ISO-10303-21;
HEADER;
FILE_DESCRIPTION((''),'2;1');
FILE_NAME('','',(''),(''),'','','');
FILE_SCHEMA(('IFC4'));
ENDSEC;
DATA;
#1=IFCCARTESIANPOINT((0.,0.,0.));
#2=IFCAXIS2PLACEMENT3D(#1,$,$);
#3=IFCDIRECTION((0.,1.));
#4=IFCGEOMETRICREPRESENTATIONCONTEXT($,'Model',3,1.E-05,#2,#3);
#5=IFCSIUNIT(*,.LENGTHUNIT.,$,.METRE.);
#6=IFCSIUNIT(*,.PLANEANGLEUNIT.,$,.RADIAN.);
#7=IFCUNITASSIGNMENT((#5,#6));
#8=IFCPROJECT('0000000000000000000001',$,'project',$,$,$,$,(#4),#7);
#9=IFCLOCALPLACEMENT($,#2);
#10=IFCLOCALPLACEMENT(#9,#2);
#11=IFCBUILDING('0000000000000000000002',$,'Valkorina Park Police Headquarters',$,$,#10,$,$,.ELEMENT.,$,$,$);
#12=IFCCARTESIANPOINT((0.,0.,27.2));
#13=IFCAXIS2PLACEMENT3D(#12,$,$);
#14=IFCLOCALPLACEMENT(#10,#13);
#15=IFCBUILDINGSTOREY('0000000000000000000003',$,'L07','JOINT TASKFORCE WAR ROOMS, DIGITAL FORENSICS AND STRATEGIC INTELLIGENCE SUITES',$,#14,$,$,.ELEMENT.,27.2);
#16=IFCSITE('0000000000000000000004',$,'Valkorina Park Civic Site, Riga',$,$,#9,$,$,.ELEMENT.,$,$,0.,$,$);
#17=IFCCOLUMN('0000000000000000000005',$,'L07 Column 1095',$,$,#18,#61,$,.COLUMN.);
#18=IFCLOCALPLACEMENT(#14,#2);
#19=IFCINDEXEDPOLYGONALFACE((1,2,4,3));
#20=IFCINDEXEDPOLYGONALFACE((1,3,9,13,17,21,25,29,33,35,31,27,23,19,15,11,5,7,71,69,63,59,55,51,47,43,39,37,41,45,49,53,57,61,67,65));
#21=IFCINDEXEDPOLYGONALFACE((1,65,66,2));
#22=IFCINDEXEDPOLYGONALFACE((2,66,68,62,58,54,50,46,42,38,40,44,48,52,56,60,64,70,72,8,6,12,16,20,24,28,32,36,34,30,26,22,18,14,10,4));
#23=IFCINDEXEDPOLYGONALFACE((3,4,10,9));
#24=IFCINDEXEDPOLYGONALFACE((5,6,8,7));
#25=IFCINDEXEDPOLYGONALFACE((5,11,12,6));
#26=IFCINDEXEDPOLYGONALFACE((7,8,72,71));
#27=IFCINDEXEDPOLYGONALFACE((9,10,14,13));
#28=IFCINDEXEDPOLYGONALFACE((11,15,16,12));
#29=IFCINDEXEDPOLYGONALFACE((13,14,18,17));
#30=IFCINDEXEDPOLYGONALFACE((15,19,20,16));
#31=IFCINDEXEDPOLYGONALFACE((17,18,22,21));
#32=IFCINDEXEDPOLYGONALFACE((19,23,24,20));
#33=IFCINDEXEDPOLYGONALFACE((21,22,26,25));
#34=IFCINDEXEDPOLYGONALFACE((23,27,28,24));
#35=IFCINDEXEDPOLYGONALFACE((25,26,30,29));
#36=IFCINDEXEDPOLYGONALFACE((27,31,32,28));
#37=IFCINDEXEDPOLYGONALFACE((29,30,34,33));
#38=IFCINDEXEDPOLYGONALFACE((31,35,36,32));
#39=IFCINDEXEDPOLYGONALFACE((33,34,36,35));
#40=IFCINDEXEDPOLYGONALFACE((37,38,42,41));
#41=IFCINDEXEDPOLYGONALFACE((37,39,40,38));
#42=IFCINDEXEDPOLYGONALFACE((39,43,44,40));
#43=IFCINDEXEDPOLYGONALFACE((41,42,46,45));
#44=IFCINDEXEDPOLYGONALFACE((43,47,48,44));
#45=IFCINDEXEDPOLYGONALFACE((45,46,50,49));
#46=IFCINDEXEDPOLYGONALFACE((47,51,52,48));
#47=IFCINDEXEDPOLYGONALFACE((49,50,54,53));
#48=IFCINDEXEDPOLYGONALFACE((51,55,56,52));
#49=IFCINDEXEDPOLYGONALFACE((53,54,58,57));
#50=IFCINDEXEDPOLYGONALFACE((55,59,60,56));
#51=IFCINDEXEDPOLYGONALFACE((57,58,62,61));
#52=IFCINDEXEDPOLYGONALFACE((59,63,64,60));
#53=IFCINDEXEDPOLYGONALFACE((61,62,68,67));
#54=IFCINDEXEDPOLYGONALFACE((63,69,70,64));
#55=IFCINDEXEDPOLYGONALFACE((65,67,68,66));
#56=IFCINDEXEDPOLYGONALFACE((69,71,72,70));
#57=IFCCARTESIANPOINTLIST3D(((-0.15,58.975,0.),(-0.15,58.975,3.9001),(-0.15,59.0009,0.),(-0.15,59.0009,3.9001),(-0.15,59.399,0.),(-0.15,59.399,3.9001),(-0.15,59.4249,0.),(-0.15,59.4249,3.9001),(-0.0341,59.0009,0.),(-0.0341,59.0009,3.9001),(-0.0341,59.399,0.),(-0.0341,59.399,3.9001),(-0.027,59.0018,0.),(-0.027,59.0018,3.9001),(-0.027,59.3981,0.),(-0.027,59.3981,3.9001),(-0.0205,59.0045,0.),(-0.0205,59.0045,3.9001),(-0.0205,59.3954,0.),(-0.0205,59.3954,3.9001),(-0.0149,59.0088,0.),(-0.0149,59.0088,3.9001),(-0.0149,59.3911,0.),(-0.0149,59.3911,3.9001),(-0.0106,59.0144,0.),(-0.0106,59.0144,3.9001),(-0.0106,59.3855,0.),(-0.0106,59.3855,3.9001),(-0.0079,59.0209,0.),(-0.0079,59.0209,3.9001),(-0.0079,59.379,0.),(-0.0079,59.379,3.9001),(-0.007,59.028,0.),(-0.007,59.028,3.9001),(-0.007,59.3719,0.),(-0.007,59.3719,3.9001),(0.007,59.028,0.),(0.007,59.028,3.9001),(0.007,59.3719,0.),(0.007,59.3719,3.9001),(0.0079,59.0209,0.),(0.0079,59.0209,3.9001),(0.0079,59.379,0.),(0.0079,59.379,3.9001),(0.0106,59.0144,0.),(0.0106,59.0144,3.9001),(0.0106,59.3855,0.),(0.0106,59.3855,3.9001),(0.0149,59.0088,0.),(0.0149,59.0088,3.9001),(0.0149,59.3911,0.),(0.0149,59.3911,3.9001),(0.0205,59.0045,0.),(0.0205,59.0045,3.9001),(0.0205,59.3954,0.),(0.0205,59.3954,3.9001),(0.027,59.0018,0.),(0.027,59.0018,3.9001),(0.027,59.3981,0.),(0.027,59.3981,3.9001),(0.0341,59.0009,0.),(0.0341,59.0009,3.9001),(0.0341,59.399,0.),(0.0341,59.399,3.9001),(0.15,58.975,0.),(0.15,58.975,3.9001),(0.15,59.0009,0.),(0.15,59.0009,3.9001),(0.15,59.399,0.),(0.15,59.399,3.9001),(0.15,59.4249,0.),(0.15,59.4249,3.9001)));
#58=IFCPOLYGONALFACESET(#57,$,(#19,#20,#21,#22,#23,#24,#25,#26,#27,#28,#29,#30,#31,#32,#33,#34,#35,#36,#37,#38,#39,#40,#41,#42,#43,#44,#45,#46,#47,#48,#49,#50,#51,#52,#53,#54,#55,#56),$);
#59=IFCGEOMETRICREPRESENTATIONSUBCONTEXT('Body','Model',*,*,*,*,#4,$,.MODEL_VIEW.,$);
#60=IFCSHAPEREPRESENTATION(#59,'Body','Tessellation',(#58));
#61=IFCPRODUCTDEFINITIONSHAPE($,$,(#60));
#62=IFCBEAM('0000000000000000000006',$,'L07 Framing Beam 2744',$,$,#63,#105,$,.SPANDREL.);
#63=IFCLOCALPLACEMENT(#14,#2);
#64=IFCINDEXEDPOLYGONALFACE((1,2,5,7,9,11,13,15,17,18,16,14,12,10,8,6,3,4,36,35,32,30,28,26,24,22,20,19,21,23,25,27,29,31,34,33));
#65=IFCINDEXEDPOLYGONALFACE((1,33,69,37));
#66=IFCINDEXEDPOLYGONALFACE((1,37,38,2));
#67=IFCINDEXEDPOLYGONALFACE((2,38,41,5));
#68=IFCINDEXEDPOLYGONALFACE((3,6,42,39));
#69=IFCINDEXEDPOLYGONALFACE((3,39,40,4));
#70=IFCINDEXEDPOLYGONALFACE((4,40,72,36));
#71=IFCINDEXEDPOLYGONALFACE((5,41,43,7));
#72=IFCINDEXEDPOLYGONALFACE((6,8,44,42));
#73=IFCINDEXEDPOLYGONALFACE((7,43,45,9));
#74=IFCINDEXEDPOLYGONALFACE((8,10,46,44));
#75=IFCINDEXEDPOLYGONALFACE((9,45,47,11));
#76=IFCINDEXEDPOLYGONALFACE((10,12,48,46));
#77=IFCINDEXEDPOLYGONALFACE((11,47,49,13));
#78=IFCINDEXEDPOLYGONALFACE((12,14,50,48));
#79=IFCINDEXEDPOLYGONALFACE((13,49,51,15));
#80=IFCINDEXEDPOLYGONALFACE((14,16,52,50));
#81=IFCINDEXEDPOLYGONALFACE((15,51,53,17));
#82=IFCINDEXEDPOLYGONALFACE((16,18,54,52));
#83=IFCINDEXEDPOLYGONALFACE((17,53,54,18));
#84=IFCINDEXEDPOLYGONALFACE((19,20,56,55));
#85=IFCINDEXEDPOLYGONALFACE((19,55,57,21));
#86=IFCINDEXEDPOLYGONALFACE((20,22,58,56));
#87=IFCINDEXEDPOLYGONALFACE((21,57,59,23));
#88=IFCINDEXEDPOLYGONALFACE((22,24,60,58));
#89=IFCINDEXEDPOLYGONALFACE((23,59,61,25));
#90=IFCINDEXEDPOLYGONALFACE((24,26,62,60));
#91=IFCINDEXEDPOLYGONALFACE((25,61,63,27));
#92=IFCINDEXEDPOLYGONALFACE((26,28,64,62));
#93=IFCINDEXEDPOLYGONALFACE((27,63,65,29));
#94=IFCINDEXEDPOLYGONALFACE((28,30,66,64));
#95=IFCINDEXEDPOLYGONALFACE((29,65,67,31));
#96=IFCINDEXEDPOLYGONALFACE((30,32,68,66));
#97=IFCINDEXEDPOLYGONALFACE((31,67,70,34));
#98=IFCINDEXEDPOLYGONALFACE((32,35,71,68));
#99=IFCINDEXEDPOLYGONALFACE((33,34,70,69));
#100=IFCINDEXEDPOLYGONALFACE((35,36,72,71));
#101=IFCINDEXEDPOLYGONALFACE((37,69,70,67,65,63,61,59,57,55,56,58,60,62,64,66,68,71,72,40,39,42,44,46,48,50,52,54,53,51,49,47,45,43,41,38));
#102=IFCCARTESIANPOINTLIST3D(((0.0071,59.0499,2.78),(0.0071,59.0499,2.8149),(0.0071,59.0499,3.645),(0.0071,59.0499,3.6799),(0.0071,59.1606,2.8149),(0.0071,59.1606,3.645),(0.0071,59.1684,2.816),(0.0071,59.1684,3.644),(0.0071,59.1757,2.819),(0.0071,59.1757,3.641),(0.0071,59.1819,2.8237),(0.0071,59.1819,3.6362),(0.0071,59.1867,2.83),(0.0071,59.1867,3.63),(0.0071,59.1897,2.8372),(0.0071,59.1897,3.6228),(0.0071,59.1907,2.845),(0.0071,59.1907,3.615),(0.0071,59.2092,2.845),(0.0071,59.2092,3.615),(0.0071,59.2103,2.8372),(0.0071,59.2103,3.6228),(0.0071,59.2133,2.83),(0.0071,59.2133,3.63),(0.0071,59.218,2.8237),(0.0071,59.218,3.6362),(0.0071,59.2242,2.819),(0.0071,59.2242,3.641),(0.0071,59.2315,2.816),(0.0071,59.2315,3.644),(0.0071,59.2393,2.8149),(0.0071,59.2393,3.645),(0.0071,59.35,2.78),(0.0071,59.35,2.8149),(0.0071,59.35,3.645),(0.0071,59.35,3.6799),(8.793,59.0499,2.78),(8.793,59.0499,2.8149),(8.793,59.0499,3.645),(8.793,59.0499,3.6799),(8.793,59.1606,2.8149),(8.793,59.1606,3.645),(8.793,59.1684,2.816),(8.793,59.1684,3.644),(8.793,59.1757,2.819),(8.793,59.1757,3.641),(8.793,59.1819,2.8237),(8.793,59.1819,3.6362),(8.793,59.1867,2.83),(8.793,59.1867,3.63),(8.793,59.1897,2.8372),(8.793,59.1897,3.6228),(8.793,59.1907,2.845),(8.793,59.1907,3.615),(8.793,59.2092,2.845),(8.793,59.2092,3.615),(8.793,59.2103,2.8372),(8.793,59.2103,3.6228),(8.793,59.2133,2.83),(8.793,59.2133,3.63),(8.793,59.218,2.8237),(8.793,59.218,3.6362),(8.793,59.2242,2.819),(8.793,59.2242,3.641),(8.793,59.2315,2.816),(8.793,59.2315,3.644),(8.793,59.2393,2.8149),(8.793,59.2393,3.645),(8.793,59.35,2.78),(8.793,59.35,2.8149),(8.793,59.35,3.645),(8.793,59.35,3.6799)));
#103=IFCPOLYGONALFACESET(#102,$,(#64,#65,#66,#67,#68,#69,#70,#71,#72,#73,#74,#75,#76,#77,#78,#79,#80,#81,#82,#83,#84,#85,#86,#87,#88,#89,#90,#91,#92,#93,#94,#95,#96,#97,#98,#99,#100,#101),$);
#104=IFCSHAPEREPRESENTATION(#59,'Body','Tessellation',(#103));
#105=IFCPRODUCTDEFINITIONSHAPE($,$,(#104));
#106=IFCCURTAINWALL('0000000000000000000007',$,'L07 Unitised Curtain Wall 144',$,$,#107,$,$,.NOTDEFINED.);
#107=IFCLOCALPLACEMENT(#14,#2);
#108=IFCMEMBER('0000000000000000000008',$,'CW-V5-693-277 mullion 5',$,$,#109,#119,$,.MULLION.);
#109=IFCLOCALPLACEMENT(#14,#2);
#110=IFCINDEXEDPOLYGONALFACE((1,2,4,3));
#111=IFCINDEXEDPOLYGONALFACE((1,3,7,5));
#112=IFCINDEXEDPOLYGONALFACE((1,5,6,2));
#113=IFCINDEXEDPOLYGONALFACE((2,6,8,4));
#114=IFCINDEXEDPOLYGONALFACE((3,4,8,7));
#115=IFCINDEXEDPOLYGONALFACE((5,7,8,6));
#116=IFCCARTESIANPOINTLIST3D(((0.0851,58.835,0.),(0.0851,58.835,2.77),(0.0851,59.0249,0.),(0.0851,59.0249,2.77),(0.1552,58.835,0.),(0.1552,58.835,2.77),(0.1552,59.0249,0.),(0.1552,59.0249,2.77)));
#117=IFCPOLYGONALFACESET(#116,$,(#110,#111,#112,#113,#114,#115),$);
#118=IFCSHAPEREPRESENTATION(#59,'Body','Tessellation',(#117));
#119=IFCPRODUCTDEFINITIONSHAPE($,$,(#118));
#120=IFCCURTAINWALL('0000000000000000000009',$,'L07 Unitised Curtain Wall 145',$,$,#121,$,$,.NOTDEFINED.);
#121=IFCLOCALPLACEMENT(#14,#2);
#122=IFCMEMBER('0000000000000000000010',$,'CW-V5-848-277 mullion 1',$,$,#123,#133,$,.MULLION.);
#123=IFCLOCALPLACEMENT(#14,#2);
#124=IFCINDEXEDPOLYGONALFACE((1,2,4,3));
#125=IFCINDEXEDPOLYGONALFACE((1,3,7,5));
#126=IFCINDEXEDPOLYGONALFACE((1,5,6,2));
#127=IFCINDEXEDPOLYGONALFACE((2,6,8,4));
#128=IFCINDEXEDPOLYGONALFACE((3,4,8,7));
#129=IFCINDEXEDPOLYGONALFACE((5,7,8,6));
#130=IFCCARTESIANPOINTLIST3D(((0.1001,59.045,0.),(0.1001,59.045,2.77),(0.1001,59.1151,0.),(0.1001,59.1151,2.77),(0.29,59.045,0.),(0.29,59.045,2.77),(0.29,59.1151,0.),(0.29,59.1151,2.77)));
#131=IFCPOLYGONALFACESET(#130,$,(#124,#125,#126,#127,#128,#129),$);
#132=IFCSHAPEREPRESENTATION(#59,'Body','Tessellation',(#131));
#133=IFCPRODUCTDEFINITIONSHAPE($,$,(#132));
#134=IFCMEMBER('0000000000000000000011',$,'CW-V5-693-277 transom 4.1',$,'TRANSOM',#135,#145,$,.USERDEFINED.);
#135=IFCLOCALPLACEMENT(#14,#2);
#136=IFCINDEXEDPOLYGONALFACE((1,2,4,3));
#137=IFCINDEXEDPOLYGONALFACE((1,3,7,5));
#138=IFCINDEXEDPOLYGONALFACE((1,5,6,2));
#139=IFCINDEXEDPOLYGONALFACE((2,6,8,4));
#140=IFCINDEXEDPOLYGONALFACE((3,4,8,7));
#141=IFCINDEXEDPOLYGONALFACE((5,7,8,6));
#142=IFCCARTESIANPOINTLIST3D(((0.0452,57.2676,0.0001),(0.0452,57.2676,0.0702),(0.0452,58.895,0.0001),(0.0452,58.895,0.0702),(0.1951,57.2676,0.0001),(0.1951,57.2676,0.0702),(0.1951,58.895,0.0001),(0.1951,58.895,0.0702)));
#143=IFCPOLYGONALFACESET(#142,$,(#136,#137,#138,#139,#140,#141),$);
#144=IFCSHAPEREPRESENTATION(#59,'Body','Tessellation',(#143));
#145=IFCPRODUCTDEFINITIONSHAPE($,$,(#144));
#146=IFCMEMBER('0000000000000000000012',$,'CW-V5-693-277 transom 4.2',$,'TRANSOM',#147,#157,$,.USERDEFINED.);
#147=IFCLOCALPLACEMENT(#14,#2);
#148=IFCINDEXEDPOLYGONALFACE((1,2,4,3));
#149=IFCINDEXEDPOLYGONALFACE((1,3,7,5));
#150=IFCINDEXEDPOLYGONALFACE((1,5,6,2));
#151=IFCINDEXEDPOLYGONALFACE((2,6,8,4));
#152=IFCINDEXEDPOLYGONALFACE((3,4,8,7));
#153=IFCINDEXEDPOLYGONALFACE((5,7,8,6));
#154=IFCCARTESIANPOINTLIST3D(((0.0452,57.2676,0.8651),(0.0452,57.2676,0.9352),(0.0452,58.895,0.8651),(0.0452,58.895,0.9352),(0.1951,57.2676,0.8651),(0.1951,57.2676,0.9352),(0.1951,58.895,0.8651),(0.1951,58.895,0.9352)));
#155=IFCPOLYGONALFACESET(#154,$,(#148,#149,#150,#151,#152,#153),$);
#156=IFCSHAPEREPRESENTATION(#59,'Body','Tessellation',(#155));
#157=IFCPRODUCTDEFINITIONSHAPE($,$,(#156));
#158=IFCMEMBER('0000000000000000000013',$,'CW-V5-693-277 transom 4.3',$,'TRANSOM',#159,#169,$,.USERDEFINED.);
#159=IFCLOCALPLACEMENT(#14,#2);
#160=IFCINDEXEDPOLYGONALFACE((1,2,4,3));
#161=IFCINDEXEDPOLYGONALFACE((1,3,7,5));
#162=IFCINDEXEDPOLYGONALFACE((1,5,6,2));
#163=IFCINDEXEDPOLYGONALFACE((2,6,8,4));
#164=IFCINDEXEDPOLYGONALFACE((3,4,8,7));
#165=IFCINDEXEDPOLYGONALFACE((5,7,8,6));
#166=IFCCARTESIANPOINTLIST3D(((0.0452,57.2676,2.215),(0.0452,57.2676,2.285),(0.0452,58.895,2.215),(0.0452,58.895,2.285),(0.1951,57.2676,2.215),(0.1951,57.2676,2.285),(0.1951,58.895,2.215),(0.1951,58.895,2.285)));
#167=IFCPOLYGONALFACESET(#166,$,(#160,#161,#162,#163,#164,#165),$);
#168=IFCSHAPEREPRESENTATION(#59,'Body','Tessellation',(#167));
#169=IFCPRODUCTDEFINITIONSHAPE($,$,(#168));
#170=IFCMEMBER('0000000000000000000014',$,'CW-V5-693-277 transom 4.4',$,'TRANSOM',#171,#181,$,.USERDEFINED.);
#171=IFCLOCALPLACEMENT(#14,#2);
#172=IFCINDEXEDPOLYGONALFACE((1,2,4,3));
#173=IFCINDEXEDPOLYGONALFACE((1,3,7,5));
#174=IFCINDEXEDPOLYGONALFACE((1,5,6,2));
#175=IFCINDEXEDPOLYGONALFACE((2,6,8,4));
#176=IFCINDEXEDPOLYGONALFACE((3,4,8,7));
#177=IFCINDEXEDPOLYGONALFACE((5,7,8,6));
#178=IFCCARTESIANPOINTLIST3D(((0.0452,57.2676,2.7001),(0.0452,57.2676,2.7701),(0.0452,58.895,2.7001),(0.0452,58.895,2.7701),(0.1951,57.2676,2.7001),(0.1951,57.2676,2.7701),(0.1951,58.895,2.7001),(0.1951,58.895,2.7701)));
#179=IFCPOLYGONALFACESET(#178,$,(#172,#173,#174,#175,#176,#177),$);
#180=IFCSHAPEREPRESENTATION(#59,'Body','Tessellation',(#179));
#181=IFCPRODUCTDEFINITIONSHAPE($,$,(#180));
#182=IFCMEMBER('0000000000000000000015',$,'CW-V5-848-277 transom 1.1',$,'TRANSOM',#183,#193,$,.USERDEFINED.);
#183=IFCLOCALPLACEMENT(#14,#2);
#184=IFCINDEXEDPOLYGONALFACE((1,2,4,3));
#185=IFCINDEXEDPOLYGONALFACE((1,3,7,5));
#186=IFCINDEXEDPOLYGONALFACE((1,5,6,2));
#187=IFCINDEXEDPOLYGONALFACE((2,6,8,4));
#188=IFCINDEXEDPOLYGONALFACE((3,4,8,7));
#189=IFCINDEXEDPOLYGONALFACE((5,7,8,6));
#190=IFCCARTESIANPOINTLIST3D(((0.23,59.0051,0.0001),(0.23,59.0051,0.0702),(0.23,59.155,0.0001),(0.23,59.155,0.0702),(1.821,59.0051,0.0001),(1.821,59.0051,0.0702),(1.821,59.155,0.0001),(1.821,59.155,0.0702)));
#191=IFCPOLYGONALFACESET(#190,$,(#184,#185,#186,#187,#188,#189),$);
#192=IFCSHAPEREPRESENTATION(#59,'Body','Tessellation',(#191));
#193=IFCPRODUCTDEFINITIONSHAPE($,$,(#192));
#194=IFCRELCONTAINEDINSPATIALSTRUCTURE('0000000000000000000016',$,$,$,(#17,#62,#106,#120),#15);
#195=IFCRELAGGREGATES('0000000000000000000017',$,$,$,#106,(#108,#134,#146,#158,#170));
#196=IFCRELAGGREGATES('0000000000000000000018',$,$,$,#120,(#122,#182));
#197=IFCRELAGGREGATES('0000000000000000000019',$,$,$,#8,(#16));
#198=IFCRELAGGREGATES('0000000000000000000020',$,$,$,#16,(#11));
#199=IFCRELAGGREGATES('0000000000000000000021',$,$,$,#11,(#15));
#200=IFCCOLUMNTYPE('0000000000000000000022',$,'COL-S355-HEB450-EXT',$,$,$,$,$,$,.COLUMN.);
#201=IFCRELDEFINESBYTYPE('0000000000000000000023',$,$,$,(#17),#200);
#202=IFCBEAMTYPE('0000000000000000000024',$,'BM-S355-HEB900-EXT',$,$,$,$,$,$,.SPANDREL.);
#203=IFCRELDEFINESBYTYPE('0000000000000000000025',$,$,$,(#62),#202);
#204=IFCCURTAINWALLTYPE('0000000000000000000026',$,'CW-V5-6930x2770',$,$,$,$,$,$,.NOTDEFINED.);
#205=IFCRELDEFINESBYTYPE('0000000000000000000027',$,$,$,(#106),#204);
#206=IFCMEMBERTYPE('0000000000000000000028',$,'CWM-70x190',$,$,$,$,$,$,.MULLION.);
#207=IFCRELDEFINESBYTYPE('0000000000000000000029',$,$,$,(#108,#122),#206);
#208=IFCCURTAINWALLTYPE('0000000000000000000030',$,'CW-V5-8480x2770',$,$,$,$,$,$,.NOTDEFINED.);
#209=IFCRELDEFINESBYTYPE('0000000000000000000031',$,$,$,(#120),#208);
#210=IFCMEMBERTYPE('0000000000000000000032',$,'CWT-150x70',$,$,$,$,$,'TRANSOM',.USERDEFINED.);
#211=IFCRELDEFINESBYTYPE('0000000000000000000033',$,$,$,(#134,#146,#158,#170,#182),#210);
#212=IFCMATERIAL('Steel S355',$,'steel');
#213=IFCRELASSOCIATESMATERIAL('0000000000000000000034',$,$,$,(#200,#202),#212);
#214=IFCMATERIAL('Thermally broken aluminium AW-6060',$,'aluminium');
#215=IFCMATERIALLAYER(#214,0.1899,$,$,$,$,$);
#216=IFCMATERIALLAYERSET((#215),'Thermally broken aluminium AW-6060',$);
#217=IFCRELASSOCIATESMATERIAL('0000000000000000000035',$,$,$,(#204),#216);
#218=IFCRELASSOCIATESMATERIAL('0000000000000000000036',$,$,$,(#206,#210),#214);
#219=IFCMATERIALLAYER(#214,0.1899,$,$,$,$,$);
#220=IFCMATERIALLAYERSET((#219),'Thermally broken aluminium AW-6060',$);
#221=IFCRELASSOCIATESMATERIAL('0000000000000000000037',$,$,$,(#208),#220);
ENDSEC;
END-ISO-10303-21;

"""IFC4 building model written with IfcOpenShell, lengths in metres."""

from ifc_helpers import new_model, si_unit, direction, frame, origin, origin_2d, place, context, subcontext, project, spatial, rectangle, i_section, extrude, material, layer, layer_set, material_profile, profile_set, type_object, element, aggregate, save


model = new_model("IFC4")

# Units and contexts
model_context = context("Model", 3, precision=1e-05, world=origin(), true_north=direction((0.0, 1.0)))
body_context = subcontext(model_context, "Body", "Model", "MODEL_VIEW")
ifc_project = project(units=[si_unit("LENGTHUNIT", "METRE"), si_unit("PLANEANGLEUNIT", "RADIAN")], contexts=[model_context])

# Site, building, storey
site_placement = place(None, origin())
site = spatial("IfcSite", under=ifc_project, at=site_placement, Name="Valkorina Park Civic Site, Riga", CompositionType="ELEMENT", RefElevation=0.0)
building_placement = place(site_placement, origin())
building = spatial("IfcBuilding", under=site, at=building_placement, Name="Valkorina Park Police Headquarters", CompositionType="ELEMENT")
storey_placement = place(building_placement, frame((0.0, 0.0, 27.2)))
storey = spatial("IfcBuildingStorey", under=building, at=storey_placement, Name="L07", Description="JOINT TASKFORCE WAR ROOMS, DIGITAL FORENSICS AND STRATEGIC INTELLIGENCE SUITES", CompositionType="ELEMENT", Elevation=27.2)

# Column
ifc_material_1 = material(Name="Steel S355", Category="steel")
ifc_material_profile_1 = material_profile(ifc_material_1, i_section(OverallWidth=0.3, OverallDepth=0.45, WebThickness=0.0139, FlangeThickness=0.0259, FilletRadius=0.0271, at=origin_2d()), Name="HEB 450")
ifc_profile_set_1 = profile_set([ifc_material_profile_1], Name="Steel S355")
column_type = type_object("IfcColumnType", Name="COL-S355-HEB450-EXT", PredefinedType="COLUMN", material=ifc_profile_set_1)
column_placement = place(storey_placement, frame((0.0, 59.2, 0.0), z_axis=(0.0, 0.0, 1.0), x_axis=(1.0, 0.0, 0.0)))
element("IfcColumn", 1, at=column_placement, inside=storey, type_object=column_type, Name="L07 Column 1095", PredefinedType="COLUMN", context=body_context, shape_type="SweptSolid", body=[
    extrude(i_section(OverallWidth=0.3, OverallDepth=0.45, WebThickness=0.0139, FlangeThickness=0.0259, FilletRadius=0.0271, at=origin_2d()), origin(), (0.0, 0.0, 1.0), 3.9001),
])

# Beam
ifc_material_profile_2 = material_profile(ifc_material_1, i_section(OverallWidth=0.3, OverallDepth=0.8999, WebThickness=0.0186, FlangeThickness=0.0349, FilletRadius=0.03, at=origin_2d()), Name="HEB 900")
ifc_profile_set_2 = profile_set([ifc_material_profile_2], Name="Steel S355")
beam_type = type_object("IfcBeamType", Name="BM-S355-HEB900-EXT", PredefinedType="SPANDREL", material=ifc_profile_set_2)
beam_placement = place(storey_placement, frame((0.0071, 59.2, 3.23), z_axis=(1.0, 0.0, 0.0), x_axis=(0.0, 1.0, 0.0)))
element("IfcBeam", 2, at=beam_placement, inside=storey, type_object=beam_type, Name="L07 Framing Beam 2744", PredefinedType="SPANDREL", context=body_context, shape_type="SweptSolid", body=[
    extrude(i_section(OverallWidth=0.3, OverallDepth=0.8999, WebThickness=0.0186, FlangeThickness=0.0349, FilletRadius=0.03, at=origin_2d()), origin(), (0.0, 0.0, 1.0), 8.7859),
])

# Curtain walls, members
ifc_material_2 = material(Name="Thermally broken aluminium AW-6060", Category="aluminium")
ifc_layer_1 = layer(ifc_material_2, 0.1899)
ifc_layer_set_1 = layer_set([ifc_layer_1], Name="Thermally broken aluminium AW-6060")
curtain_wall_type_1 = type_object("IfcCurtainWallType", Name="CW-V5-6930x2770", PredefinedType="NOTDEFINED", material=ifc_layer_set_1)
curtain_wall_1_placement = place(storey_placement, origin())
curtain_wall_1 = element("IfcCurtainWall", 3, at=curtain_wall_1_placement, inside=storey, type_object=curtain_wall_type_1, Name="L07 Unitised Curtain Wall 144", PredefinedType="NOTDEFINED")
ifc_material_profile_3 = material_profile(ifc_material_2, rectangle(XDim=0.0701, YDim=0.1899, at=origin_2d()), Name="CWM-02 70x190")
ifc_profile_set_3 = profile_set([ifc_material_profile_3], Name="Thermally broken aluminium AW-6060")
member_type_1 = type_object("IfcMemberType", Name="CWM-70x190", PredefinedType="MULLION", material=ifc_profile_set_3)
member_1_placement = place(storey_placement, frame((0.1201, 58.9299, 0.0), z_axis=(0.0, 0.0, 1.0), x_axis=(-1.0, 0.0, 0.0)))
member_1 = element("IfcMember", 4, at=member_1_placement, type_object=member_type_1, Name="CW-V5-693-277 mullion 5", PredefinedType="MULLION", context=body_context, shape_type="SweptSolid", body=[
    extrude(rectangle(XDim=0.0701, YDim=0.1899, at=origin_2d()), origin(), (0.0, 0.0, 1.0), 2.77),
])
ifc_layer_2 = layer(ifc_material_2, 0.1899)
ifc_layer_set_2 = layer_set([ifc_layer_2], Name="Thermally broken aluminium AW-6060")
curtain_wall_type_2 = type_object("IfcCurtainWallType", Name="CW-V5-8480x2770", PredefinedType="NOTDEFINED", material=ifc_layer_set_2)
curtain_wall_2_placement = place(storey_placement, origin())
curtain_wall_2 = element("IfcCurtainWall", 5, at=curtain_wall_2_placement, inside=storey, type_object=curtain_wall_type_2, Name="L07 Unitised Curtain Wall 145", PredefinedType="NOTDEFINED")
member_2_placement = place(storey_placement, frame((0.1951, 59.0801, 0.0), z_axis=(0.0, 0.0, 1.0), x_axis=(0.0, 1.0, 0.0)))
member_2 = element("IfcMember", 6, at=member_2_placement, type_object=member_type_1, Name="CW-V5-848-277 mullion 1", PredefinedType="MULLION", context=body_context, shape_type="SweptSolid", body=[
    extrude(rectangle(XDim=0.0701, YDim=0.1899, at=origin_2d()), origin(), (0.0, 0.0, 1.0), 2.77),
])

# Members
ifc_material_profile_4 = material_profile(ifc_material_2, rectangle(XDim=0.1499, YDim=0.0701, at=origin_2d()), Name="CWT-02 150x70")
ifc_profile_set_4 = profile_set([ifc_material_profile_4], Name="Thermally broken aluminium AW-6060")
member_type_2 = type_object("IfcMemberType", Name="CWT-150x70", ElementType="TRANSOM", PredefinedType="USERDEFINED", material=ifc_profile_set_4)
member_3_placement = place(storey_placement, frame((0.1201, 57.2676, 0.0352), z_axis=(0.0, 1.0, 0.0), x_axis=(-1.0, 0.0, 0.0)))
member_3 = element("IfcMember", 7, at=member_3_placement, type_object=member_type_2, Name="CW-V5-693-277 transom 4.1", ObjectType="TRANSOM", PredefinedType="USERDEFINED", context=body_context, shape_type="SweptSolid", body=[
    extrude(rectangle(XDim=0.1499, YDim=0.0701, at=origin_2d()), origin(), (0.0, 0.0, 1.0), 1.6274),
])
member_4_placement = place(storey_placement, frame((0.1201, 57.2676, 0.9001), z_axis=(0.0, 1.0, 0.0), x_axis=(-1.0, 0.0, 0.0)))
member_4 = element("IfcMember", 8, at=member_4_placement, type_object=member_type_2, Name="CW-V5-693-277 transom 4.2", ObjectType="TRANSOM", PredefinedType="USERDEFINED", context=body_context, shape_type="SweptSolid", body=[
    extrude(rectangle(XDim=0.1499, YDim=0.0701, at=origin_2d()), origin(), (0.0, 0.0, 1.0), 1.6274),
])
member_5_placement = place(storey_placement, frame((0.1201, 57.2676, 2.25), z_axis=(0.0, 1.0, 0.0), x_axis=(-1.0, 0.0, 0.0)))
member_5 = element("IfcMember", 9, at=member_5_placement, type_object=member_type_2, Name="CW-V5-693-277 transom 4.3", ObjectType="TRANSOM", PredefinedType="USERDEFINED", context=body_context, shape_type="SweptSolid", body=[
    extrude(rectangle(XDim=0.1499, YDim=0.0701, at=origin_2d()), origin(), (0.0, 0.0, 1.0), 1.6274),
])
member_6_placement = place(storey_placement, frame((0.1201, 57.2676, 2.7351), z_axis=(0.0, 1.0, 0.0), x_axis=(-1.0, 0.0, 0.0)))
member_6 = element("IfcMember", 10, at=member_6_placement, type_object=member_type_2, Name="CW-V5-693-277 transom 4.4", ObjectType="TRANSOM", PredefinedType="USERDEFINED", context=body_context, shape_type="SweptSolid", body=[
    extrude(rectangle(XDim=0.1499, YDim=0.0701, at=origin_2d()), origin(), (0.0, 0.0, 1.0), 1.6274),
])
member_7_placement = place(storey_placement, frame((0.23, 59.0801, 0.0352), z_axis=(1.0, 0.0, 0.0), x_axis=(0.0, 1.0, 0.0)))
member_7 = element("IfcMember", 11, at=member_7_placement, type_object=member_type_2, Name="CW-V5-848-277 transom 1.1", ObjectType="TRANSOM", PredefinedType="USERDEFINED", context=body_context, shape_type="SweptSolid", body=[
    extrude(rectangle(XDim=0.1499, YDim=0.0701, at=origin_2d()), origin(), (0.0, 0.0, 1.0), 1.5911),
])

aggregate(curtain_wall_1, [member_1, member_3, member_4, member_5, member_6])
aggregate(curtain_wall_2, [member_2, member_7])

save(model, "model.ifc")
